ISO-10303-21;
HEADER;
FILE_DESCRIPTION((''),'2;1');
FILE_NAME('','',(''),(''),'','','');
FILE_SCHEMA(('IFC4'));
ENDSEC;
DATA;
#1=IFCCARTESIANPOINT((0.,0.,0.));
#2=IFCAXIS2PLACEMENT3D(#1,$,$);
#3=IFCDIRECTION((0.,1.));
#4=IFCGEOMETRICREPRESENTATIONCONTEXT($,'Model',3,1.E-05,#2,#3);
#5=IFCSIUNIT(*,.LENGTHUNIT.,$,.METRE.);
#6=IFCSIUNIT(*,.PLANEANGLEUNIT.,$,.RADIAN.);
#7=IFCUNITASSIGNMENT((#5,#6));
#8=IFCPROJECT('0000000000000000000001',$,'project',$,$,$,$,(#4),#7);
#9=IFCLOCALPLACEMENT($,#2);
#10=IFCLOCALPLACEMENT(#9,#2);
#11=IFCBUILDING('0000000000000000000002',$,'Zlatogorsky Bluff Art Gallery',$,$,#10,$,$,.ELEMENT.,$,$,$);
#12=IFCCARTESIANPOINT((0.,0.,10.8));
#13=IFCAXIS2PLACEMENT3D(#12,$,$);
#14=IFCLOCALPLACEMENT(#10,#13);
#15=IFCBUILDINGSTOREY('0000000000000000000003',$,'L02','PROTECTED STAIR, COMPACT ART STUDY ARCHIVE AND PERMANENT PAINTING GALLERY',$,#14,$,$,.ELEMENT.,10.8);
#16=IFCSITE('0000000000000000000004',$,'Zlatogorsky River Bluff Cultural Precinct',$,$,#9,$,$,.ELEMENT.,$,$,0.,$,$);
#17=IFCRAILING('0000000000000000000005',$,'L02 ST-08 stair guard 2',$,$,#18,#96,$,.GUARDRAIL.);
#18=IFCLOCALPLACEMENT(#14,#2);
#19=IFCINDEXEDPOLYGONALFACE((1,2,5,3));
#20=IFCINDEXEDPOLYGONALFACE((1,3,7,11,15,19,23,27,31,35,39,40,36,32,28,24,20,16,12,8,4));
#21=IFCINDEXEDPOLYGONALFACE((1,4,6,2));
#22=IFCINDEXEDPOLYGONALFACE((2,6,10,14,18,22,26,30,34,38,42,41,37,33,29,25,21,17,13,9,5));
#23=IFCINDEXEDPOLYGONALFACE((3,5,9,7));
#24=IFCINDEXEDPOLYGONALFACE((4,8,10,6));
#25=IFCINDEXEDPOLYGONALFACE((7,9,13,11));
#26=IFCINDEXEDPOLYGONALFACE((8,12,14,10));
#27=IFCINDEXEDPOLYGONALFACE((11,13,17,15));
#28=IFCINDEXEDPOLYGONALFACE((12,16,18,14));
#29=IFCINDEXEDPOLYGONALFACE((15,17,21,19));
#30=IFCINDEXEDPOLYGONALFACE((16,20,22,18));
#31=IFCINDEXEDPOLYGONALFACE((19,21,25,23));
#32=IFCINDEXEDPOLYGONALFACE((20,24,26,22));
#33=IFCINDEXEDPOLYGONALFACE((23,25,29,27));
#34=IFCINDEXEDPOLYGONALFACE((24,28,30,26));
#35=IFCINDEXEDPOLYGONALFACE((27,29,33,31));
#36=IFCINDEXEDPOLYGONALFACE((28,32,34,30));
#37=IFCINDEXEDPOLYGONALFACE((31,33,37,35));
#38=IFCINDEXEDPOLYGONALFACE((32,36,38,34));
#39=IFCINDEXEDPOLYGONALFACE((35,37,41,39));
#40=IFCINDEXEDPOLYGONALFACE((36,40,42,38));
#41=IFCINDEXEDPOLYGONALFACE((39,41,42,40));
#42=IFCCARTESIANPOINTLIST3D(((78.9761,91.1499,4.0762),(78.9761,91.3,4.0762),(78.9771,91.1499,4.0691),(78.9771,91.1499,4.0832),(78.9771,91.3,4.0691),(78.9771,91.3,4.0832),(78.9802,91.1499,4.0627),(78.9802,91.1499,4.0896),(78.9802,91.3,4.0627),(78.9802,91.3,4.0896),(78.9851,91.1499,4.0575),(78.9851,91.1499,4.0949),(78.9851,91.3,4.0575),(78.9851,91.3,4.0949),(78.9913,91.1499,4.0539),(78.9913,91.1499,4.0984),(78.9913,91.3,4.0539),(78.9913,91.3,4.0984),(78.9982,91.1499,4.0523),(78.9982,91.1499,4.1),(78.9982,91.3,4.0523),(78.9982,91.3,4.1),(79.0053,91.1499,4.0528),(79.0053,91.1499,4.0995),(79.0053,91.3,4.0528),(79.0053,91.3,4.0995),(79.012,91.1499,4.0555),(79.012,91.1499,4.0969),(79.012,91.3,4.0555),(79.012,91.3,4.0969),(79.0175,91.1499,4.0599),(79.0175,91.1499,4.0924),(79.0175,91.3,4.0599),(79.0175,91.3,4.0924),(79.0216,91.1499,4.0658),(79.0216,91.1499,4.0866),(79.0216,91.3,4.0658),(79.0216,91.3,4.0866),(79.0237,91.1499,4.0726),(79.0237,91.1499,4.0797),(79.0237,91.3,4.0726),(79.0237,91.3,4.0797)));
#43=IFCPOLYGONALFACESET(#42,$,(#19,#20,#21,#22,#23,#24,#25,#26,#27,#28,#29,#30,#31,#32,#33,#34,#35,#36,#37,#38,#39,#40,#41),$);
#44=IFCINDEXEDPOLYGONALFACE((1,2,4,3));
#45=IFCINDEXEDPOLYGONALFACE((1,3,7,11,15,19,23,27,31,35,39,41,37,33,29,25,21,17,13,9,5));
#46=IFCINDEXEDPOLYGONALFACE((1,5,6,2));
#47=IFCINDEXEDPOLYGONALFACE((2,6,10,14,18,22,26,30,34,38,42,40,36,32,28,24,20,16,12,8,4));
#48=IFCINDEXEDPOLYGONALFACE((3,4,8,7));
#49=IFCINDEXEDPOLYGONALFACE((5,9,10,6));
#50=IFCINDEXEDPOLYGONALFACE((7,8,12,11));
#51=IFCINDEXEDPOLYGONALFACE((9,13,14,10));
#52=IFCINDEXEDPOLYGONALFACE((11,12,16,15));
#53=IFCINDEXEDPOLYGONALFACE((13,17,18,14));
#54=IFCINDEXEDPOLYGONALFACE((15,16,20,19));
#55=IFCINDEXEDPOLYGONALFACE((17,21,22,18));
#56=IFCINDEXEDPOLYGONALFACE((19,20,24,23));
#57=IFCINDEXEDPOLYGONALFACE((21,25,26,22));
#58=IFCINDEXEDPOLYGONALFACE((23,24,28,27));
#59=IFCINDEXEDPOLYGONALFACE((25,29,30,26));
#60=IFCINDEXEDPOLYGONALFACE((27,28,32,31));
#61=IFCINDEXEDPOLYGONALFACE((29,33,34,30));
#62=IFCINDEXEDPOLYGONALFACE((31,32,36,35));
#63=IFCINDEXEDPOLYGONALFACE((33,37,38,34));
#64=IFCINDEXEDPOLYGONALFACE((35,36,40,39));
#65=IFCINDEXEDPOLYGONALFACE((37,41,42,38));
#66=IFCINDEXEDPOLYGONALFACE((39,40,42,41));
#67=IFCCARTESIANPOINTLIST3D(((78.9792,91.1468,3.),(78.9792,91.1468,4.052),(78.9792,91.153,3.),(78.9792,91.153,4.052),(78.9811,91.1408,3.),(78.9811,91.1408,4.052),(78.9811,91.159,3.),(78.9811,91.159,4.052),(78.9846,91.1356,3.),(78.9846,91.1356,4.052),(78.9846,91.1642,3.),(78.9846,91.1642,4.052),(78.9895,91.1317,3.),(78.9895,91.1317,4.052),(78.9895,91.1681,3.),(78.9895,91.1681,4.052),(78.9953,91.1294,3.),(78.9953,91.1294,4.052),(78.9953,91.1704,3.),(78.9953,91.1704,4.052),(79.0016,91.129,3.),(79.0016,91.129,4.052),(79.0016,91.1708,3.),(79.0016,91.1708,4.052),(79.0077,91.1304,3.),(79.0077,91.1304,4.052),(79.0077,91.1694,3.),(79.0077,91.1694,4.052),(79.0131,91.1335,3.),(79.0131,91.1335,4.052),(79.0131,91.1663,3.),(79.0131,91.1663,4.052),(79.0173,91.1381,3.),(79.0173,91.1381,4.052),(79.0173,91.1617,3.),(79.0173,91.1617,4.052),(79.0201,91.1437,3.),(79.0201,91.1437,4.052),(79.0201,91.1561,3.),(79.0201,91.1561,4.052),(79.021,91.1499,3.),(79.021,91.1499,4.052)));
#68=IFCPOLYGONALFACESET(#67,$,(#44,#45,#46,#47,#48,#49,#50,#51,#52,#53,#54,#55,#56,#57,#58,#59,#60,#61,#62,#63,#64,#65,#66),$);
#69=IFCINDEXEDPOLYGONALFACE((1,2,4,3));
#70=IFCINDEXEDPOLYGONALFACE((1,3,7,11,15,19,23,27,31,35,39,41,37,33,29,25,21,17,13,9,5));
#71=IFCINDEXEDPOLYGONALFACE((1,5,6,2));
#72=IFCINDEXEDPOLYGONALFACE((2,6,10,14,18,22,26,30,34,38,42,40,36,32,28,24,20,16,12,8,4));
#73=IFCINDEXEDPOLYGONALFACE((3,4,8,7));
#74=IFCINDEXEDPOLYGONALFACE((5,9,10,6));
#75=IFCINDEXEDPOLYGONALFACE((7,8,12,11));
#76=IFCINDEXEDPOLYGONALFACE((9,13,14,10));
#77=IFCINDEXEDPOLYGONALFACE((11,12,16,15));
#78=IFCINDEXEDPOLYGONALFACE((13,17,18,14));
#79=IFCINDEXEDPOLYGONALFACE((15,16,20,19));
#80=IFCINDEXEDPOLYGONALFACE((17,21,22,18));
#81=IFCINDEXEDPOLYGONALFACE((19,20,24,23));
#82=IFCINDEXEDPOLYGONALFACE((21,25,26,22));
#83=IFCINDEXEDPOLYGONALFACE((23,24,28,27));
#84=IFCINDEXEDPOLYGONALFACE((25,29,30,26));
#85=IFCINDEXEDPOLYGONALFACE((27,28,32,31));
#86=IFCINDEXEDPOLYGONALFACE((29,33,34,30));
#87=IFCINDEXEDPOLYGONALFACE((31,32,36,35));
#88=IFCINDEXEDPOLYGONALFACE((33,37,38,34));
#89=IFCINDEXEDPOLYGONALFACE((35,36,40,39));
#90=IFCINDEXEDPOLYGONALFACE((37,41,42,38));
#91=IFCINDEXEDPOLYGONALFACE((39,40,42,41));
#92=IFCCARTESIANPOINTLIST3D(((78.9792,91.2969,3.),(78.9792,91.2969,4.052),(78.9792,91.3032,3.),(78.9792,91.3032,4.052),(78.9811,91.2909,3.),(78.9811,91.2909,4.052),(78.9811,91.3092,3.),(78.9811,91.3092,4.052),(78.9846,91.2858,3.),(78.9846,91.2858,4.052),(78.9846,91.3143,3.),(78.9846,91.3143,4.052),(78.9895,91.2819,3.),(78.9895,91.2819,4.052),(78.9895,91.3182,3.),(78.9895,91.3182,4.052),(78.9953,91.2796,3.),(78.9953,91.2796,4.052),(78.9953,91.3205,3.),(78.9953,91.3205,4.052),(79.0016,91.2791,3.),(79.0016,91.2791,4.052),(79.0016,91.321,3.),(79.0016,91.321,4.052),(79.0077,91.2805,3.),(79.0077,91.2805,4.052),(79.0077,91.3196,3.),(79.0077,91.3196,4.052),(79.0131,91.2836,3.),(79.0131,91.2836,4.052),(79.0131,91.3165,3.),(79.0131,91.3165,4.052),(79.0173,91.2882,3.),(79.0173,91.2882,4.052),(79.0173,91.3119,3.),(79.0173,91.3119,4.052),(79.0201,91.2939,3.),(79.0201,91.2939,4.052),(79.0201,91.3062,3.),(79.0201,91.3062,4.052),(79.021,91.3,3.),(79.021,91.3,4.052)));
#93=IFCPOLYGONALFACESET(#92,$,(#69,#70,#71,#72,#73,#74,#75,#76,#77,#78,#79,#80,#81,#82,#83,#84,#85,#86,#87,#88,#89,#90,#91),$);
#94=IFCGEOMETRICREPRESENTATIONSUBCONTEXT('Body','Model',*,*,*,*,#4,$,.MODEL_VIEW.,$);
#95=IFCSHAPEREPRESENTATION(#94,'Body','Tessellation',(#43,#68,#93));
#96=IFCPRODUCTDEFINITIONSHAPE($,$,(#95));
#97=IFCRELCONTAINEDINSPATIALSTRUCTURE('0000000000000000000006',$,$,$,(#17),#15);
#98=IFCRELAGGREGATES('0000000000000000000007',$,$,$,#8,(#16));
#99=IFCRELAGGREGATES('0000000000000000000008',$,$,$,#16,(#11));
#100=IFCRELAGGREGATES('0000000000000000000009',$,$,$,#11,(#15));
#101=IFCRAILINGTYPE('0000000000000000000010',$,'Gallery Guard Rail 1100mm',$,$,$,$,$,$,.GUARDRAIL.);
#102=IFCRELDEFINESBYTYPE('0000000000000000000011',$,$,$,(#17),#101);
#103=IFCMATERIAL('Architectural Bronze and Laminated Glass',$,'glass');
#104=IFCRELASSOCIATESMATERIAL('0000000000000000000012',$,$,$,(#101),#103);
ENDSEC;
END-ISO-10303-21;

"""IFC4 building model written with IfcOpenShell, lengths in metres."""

from ifc_helpers import new_model, si_unit, direction, frame, origin, origin_2d, place, context, subcontext, project, spatial, circle, extrude, material, type_object, element, save


model = new_model("IFC4")

# Units and contexts
model_context = context("Model", 3, precision=1e-05, world=origin(), true_north=direction((0.0, 1.0)))
body_context = subcontext(model_context, "Body", "Model", "MODEL_VIEW")
ifc_project = project(units=[si_unit("LENGTHUNIT", "METRE"), si_unit("PLANEANGLEUNIT", "RADIAN")], contexts=[model_context])

# Site, building, storey
site_placement = place(None, origin())
site = spatial("IfcSite", under=ifc_project, at=site_placement, Name="Zlatogorsky River Bluff Cultural Precinct", CompositionType="ELEMENT", RefElevation=0.0)
building_placement = place(site_placement, origin())
building = spatial("IfcBuilding", under=site, at=building_placement, Name="Zlatogorsky Bluff Art Gallery", CompositionType="ELEMENT")
storey_placement = place(building_placement, frame((0.0, 0.0, 10.8)))
storey = spatial("IfcBuildingStorey", under=building, at=storey_placement, Name="L02", Description="PROTECTED STAIR, COMPACT ART STUDY ARCHIVE AND PERMANENT PAINTING GALLERY", CompositionType="ELEMENT", Elevation=10.8)

# Railing
ifc_material_1 = material(Name="Architectural Bronze and Laminated Glass", Category="glass")
railing_type_1 = type_object("IfcRailingType", Name="Gallery Guard Rail 1100mm", PredefinedType="GUARDRAIL", material=ifc_material_1)
railing_1_placement = place(storey_placement, frame((79.0, 91.1499, 3.0)))
element("IfcRailing", 1, at=railing_1_placement, inside=storey, type_object=railing_type_1, Name="L02 ST-08 stair guard 2", PredefinedType="GUARDRAIL", context=body_context, shape_type="SweptSolid", body=[
    extrude(circle(Radius=0.0239, at=origin_2d()), frame((0.0, 0.0, 1.0762), z_axis=(0.0, 1.0, 0.0), x_axis=(-1.0, 0.0, 0.0)), (0.0, 0.0, 1.0), 0.1501),
    extrude(circle(Radius=0.021, at=origin_2d()), origin(), (0.0, 0.0, 1.0), 1.052),
    extrude(circle(Radius=0.021, at=origin_2d()), frame((0.0, 0.1501, 0.0)), (0.0, 0.0, 1.0), 1.052),
])

save(model, "model.ifc")
